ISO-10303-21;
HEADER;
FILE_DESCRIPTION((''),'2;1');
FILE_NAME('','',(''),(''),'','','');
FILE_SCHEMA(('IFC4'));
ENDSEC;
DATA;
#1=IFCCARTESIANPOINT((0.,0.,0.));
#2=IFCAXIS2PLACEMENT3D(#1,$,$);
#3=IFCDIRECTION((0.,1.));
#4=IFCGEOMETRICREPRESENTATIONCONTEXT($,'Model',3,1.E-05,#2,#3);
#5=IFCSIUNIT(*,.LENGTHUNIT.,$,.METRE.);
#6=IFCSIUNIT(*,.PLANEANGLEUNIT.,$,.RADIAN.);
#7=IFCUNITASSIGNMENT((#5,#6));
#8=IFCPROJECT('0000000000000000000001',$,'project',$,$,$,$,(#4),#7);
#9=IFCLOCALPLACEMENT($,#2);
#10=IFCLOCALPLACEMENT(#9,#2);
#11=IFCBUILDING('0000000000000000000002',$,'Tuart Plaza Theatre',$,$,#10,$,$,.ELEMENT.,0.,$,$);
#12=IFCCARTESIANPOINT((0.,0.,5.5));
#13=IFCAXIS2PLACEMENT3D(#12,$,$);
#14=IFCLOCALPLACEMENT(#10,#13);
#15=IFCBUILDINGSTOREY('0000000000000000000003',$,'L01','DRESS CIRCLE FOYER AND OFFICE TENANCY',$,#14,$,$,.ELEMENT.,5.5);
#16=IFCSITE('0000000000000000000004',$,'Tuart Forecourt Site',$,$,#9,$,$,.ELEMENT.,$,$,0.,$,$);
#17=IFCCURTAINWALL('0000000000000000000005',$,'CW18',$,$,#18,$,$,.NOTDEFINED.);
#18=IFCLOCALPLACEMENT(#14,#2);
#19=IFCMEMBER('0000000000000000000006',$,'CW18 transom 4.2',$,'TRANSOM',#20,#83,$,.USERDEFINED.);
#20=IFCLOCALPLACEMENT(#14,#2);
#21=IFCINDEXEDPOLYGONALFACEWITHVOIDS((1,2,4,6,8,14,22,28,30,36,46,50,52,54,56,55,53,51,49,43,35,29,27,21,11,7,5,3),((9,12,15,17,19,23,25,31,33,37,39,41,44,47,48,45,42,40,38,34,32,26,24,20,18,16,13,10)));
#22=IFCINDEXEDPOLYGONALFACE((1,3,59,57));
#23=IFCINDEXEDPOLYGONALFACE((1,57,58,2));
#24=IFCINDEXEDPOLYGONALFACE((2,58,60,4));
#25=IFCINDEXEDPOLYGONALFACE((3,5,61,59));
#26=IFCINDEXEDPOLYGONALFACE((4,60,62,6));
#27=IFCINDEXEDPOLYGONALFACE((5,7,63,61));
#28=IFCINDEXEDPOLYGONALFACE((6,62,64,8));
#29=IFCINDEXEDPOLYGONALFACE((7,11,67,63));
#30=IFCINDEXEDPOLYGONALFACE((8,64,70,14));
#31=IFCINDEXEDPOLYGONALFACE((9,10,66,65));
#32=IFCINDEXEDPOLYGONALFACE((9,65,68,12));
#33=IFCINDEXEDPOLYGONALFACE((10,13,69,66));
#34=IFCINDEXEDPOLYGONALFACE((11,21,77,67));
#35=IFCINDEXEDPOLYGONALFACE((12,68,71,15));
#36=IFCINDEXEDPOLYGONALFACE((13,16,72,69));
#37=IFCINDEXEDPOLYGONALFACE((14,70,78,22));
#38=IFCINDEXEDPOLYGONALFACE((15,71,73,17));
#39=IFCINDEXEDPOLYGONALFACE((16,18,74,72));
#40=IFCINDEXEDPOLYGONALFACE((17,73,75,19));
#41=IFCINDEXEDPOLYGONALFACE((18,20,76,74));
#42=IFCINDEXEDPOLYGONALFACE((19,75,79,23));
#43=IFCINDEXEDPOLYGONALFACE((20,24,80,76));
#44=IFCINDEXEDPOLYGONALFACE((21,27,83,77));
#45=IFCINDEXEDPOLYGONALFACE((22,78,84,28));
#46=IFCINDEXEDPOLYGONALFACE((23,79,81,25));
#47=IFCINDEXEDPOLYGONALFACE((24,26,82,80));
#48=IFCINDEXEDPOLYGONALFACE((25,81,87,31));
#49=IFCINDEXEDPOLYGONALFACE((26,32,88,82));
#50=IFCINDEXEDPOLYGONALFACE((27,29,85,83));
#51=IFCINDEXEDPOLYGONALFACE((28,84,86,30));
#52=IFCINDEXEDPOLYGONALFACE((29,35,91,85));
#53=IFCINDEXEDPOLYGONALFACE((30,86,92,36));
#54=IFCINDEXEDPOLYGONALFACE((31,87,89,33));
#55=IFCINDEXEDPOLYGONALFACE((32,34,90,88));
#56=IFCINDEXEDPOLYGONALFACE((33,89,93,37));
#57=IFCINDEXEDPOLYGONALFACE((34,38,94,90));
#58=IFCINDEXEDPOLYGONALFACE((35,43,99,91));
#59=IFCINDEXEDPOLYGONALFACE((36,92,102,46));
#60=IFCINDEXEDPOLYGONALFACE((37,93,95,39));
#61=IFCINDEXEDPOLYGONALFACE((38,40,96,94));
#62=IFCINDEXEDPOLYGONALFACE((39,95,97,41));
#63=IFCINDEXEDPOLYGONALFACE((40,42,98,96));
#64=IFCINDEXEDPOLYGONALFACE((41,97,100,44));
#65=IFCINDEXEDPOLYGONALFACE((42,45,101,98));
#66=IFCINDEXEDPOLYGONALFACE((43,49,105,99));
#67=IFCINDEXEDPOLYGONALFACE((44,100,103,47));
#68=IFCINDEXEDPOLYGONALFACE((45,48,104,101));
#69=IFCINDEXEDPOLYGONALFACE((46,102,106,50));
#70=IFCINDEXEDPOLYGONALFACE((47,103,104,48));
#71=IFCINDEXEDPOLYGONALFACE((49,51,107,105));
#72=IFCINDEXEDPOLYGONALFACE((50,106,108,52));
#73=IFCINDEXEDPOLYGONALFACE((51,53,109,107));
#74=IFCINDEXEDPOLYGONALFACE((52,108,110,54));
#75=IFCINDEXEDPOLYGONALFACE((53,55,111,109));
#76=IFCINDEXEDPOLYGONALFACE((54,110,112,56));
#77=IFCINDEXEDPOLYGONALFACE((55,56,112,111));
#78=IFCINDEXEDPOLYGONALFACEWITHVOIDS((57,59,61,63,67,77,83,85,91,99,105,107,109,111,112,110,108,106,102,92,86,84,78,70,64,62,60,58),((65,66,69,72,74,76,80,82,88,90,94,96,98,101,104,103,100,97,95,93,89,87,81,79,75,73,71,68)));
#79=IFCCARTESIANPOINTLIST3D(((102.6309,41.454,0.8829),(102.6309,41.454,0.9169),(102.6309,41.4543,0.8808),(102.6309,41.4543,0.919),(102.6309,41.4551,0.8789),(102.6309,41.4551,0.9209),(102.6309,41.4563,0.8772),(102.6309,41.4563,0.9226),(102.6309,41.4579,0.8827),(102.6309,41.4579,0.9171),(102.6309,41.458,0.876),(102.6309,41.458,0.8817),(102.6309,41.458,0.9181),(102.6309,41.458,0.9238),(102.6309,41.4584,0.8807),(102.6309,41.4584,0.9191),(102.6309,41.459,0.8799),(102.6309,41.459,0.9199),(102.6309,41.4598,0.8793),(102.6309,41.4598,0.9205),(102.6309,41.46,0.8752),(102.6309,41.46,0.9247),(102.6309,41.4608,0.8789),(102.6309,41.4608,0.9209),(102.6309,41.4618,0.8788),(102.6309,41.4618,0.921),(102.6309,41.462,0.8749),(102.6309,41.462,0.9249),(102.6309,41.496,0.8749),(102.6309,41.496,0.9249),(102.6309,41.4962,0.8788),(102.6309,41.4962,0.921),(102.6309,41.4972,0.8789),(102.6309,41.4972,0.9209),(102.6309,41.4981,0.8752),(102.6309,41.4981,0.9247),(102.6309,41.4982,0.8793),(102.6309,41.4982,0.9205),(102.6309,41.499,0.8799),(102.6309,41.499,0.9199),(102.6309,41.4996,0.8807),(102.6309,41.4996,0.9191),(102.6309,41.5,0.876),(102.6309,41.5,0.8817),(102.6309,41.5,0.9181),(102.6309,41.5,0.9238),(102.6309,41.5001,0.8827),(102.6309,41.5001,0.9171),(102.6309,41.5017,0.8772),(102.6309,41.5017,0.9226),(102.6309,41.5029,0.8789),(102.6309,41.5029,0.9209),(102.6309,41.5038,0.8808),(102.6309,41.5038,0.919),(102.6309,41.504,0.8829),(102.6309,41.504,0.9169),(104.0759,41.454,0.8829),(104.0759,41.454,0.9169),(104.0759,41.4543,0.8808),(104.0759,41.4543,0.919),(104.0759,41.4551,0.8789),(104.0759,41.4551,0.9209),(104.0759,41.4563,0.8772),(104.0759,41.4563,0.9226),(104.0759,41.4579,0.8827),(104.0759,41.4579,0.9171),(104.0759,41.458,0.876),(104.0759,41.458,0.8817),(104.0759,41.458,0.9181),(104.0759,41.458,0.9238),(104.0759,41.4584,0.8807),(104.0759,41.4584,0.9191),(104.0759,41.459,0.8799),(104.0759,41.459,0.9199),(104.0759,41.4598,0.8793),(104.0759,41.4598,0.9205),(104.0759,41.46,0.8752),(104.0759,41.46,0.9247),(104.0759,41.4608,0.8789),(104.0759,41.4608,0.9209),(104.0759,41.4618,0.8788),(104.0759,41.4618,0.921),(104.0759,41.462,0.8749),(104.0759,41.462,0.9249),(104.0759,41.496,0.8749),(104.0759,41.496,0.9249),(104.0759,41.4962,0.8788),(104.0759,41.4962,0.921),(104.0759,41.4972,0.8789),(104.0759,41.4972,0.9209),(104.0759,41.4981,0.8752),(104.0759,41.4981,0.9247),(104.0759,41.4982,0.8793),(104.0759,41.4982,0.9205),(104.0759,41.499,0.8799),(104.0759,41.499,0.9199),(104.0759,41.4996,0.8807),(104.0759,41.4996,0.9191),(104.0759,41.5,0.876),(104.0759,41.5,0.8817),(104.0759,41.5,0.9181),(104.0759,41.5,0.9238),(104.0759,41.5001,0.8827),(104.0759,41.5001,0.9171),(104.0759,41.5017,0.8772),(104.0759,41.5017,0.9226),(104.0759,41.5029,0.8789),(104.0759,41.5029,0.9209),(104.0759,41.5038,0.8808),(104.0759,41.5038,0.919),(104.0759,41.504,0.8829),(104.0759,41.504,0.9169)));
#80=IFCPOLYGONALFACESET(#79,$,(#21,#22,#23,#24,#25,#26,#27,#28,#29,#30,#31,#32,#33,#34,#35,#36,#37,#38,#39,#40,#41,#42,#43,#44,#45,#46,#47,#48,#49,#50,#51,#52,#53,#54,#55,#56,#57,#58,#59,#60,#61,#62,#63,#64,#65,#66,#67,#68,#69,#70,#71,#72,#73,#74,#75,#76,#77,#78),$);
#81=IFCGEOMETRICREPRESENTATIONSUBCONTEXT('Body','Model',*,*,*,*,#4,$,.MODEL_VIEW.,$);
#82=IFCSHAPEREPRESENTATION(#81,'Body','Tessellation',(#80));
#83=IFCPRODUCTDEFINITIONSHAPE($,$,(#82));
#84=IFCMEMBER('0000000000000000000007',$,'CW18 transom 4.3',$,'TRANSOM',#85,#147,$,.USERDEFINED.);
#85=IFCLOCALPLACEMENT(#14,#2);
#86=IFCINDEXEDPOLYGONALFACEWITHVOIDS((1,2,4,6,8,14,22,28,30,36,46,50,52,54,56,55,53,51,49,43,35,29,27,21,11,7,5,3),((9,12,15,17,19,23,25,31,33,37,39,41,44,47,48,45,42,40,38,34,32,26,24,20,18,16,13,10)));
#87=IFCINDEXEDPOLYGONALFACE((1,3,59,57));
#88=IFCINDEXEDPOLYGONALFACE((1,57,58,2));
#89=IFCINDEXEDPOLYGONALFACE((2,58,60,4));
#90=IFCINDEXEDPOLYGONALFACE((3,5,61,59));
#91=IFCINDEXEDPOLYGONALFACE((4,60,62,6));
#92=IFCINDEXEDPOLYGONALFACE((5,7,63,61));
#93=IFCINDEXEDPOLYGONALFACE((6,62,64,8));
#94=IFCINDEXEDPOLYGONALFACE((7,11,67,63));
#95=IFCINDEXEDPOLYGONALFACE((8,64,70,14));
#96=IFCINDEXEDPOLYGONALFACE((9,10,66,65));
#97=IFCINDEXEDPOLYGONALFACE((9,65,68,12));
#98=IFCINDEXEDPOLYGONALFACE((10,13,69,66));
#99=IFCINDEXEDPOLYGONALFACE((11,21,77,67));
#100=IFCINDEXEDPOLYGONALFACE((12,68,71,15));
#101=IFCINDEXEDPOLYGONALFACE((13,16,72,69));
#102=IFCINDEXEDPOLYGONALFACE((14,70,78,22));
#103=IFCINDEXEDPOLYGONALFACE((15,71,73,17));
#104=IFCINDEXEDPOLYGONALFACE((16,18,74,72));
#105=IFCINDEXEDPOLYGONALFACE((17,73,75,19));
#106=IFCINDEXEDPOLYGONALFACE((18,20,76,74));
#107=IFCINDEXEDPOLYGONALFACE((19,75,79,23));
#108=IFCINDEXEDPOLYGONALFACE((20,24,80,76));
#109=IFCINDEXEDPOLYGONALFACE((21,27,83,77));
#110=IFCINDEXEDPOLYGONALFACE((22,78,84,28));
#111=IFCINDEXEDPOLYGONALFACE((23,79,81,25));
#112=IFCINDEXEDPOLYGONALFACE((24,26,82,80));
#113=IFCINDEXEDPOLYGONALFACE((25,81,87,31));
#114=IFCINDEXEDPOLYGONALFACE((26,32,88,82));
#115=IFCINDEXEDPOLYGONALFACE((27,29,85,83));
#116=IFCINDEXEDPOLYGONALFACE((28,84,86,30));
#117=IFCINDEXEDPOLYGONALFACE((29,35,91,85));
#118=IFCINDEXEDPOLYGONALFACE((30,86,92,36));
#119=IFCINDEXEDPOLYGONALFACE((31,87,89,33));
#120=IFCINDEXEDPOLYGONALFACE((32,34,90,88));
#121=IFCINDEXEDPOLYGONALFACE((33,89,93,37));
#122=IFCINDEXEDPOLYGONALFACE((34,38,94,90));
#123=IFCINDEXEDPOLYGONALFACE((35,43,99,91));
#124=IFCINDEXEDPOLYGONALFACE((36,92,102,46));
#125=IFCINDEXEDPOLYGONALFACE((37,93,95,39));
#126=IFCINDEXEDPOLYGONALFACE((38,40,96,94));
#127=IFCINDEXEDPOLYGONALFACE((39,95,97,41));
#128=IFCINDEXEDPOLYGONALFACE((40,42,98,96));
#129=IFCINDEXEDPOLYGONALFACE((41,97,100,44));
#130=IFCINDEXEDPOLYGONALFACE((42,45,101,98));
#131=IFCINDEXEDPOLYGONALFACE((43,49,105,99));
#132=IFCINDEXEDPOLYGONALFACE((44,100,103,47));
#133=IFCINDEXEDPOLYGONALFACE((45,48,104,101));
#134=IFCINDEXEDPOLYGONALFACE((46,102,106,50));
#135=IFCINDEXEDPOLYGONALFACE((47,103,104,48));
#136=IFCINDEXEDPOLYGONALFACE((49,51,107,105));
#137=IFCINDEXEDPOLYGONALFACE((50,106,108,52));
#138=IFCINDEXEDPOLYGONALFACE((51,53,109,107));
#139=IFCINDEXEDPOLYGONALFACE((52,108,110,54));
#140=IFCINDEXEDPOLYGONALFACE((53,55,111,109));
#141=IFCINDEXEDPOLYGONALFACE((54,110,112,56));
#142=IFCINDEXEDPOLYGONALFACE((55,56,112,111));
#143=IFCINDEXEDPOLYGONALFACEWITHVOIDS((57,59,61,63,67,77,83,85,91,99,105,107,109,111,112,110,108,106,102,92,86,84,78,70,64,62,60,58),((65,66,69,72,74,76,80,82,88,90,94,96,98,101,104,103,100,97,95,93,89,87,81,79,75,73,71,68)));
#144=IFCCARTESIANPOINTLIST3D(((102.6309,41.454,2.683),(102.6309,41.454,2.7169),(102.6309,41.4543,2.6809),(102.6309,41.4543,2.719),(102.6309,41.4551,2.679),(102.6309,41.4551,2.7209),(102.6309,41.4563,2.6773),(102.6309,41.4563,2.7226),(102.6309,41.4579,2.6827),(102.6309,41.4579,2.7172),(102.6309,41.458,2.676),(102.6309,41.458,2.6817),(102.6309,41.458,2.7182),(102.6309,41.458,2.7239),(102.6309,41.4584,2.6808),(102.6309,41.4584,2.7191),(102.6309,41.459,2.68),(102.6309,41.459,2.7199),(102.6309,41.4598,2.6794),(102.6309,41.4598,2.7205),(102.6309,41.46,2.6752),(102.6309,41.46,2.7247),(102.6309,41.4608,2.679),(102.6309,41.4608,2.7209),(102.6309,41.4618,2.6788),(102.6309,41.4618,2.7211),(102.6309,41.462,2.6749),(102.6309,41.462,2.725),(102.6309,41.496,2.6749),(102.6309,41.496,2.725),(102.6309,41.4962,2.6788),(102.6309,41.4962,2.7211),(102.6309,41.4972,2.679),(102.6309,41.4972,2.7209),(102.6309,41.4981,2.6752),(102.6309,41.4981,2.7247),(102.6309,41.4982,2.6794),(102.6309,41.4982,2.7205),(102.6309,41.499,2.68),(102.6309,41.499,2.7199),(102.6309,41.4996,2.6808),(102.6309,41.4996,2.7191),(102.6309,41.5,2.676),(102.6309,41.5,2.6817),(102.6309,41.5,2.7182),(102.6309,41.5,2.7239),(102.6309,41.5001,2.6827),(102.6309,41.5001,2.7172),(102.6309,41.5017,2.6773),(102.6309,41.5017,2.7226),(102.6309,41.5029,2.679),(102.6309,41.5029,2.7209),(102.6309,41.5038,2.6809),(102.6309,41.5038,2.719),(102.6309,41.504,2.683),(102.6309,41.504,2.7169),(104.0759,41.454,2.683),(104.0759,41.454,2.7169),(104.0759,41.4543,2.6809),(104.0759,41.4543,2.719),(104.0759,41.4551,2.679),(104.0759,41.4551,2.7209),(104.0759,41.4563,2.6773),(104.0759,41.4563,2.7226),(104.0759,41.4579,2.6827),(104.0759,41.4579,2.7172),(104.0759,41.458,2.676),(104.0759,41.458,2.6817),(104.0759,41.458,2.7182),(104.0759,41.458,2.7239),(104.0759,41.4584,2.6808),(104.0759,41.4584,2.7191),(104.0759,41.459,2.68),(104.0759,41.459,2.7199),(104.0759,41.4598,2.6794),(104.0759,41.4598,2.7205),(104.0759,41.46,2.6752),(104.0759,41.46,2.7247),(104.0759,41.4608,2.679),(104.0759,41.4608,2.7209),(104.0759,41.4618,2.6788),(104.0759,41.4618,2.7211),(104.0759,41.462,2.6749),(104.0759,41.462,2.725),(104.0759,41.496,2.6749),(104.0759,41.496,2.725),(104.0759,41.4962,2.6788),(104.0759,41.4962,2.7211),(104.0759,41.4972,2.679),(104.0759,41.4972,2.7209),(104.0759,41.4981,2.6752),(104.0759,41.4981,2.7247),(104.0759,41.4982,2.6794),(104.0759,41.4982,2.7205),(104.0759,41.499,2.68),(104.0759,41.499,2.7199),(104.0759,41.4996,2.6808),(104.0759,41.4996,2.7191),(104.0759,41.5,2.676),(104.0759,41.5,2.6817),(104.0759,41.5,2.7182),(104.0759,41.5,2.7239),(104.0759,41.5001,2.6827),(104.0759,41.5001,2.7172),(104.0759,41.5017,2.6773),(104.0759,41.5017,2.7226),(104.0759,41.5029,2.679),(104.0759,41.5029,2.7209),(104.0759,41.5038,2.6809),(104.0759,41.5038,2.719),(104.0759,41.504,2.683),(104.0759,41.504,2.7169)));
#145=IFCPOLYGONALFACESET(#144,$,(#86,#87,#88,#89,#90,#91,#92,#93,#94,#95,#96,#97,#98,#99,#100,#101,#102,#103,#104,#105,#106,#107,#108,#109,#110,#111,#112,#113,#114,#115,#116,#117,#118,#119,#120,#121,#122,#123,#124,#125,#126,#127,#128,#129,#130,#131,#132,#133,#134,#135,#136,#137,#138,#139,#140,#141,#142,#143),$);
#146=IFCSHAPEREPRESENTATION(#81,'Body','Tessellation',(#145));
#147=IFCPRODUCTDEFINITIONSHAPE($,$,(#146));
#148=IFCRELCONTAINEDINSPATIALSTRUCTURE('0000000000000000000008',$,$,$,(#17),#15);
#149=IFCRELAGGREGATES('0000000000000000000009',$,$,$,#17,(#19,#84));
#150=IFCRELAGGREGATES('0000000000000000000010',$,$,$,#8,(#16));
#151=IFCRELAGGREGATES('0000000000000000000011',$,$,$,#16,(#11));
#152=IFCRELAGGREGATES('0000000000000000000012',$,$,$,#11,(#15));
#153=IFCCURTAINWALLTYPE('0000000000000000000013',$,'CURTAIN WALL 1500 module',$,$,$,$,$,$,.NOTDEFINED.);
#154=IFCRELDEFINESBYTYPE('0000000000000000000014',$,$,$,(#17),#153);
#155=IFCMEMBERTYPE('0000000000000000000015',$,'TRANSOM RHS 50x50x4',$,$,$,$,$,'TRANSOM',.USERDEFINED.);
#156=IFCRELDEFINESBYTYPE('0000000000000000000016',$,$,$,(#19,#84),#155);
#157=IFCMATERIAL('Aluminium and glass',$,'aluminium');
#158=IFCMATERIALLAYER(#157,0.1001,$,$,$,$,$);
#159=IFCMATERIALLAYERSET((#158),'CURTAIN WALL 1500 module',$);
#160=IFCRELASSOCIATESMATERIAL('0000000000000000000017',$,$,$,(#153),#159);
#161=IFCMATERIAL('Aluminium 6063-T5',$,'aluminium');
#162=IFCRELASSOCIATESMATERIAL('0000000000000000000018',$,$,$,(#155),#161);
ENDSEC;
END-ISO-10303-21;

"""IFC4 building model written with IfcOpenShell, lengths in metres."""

from ifc_helpers import new_model, si_unit, direction, frame, origin, origin_2d, place, context, subcontext, project, spatial, hollow_rectangle, extrude, material, layer, layer_set, material_profile, profile_set, type_object, element, aggregate, save


model = new_model("IFC4")

# Units and contexts
model_context = context("Model", 3, precision=1e-05, world=origin(), true_north=direction((0.0, 1.0)))
body_context = subcontext(model_context, "Body", "Model", "MODEL_VIEW")
ifc_project = project(units=[si_unit("LENGTHUNIT", "METRE"), si_unit("PLANEANGLEUNIT", "RADIAN")], contexts=[model_context])

# Site, building, storey
site_placement = place(None, origin())
site = spatial("IfcSite", under=ifc_project, at=site_placement, Name="Tuart Forecourt Site", CompositionType="ELEMENT", RefElevation=0.0)
building_placement = place(site_placement, origin())
building = spatial("IfcBuilding", under=site, at=building_placement, Name="Tuart Plaza Theatre", CompositionType="ELEMENT", ElevationOfRefHeight=0.0)
storey_placement = place(building_placement, frame((0.0, 0.0, 5.5)))
storey = spatial("IfcBuildingStorey", under=building, at=storey_placement, Name="L01", Description="DRESS CIRCLE FOYER AND OFFICE TENANCY", CompositionType="ELEMENT", Elevation=5.5)

# Curtain wall, members
ifc_material_1 = material(Name="Aluminium and glass", Category="aluminium")
ifc_layer_1 = layer(ifc_material_1, 0.1001)
ifc_layer_set_1 = layer_set([ifc_layer_1], Name="CURTAIN WALL 1500 module")
curtain_wall_type = type_object("IfcCurtainWallType", Name="CURTAIN WALL 1500 module", PredefinedType="NOTDEFINED", material=ifc_layer_set_1)
curtain_wall_placement = place(storey_placement, origin())
curtain_wall = element("IfcCurtainWall", 1, at=curtain_wall_placement, inside=storey, type_object=curtain_wall_type, Name="CW18", PredefinedType="NOTDEFINED")
ifc_material_2 = material(Name="Aluminium 6063-T5", Category="aluminium")
ifc_material_profile_1 = material_profile(ifc_material_2, hollow_rectangle(XDim=0.05, YDim=0.05, WallThickness=0.0039, InnerFilletRadius=0.0039, OuterFilletRadius=0.0081, at=origin_2d()), Name="RHS 50x50x4")
ifc_profile_set_1 = profile_set([ifc_material_profile_1], Name="Aluminium 6063-T5")
member_type_1 = type_object("IfcMemberType", Name="TRANSOM RHS 50x50x4", ElementType="TRANSOM", PredefinedType="USERDEFINED", material=ifc_profile_set_1)
member_1_placement = place(storey_placement, frame((102.6309, 41.479, 0.8999), z_axis=(1.0, 0.0, 0.0), x_axis=(0.0, 1.0, 0.0)))
member_1 = element("IfcMember", 2, at=member_1_placement, type_object=member_type_1, Name="CW18 transom 4.2", ObjectType="TRANSOM", PredefinedType="USERDEFINED", context=body_context, shape_type="SweptSolid", body=[
    extrude(hollow_rectangle(XDim=0.05, YDim=0.05, WallThickness=0.0039, InnerFilletRadius=0.0039, OuterFilletRadius=0.0081, at=origin_2d()), origin(), (0.0, 0.0, 1.0), 1.4451),
])
member_2_placement = place(storey_placement, frame((102.6309, 41.479, 2.7), z_axis=(1.0, 0.0, 0.0), x_axis=(0.0, 1.0, 0.0)))
member_2 = element("IfcMember", 3, at=member_2_placement, type_object=member_type_1, Name="CW18 transom 4.3", ObjectType="TRANSOM", PredefinedType="USERDEFINED", context=body_context, shape_type="SweptSolid", body=[
    extrude(hollow_rectangle(XDim=0.05, YDim=0.05, WallThickness=0.0039, InnerFilletRadius=0.0039, OuterFilletRadius=0.0081, at=origin_2d()), origin(), (0.0, 0.0, 1.0), 1.4451),
])
aggregate(curtain_wall, [member_1, member_2])

save(model, "model.ifc")
